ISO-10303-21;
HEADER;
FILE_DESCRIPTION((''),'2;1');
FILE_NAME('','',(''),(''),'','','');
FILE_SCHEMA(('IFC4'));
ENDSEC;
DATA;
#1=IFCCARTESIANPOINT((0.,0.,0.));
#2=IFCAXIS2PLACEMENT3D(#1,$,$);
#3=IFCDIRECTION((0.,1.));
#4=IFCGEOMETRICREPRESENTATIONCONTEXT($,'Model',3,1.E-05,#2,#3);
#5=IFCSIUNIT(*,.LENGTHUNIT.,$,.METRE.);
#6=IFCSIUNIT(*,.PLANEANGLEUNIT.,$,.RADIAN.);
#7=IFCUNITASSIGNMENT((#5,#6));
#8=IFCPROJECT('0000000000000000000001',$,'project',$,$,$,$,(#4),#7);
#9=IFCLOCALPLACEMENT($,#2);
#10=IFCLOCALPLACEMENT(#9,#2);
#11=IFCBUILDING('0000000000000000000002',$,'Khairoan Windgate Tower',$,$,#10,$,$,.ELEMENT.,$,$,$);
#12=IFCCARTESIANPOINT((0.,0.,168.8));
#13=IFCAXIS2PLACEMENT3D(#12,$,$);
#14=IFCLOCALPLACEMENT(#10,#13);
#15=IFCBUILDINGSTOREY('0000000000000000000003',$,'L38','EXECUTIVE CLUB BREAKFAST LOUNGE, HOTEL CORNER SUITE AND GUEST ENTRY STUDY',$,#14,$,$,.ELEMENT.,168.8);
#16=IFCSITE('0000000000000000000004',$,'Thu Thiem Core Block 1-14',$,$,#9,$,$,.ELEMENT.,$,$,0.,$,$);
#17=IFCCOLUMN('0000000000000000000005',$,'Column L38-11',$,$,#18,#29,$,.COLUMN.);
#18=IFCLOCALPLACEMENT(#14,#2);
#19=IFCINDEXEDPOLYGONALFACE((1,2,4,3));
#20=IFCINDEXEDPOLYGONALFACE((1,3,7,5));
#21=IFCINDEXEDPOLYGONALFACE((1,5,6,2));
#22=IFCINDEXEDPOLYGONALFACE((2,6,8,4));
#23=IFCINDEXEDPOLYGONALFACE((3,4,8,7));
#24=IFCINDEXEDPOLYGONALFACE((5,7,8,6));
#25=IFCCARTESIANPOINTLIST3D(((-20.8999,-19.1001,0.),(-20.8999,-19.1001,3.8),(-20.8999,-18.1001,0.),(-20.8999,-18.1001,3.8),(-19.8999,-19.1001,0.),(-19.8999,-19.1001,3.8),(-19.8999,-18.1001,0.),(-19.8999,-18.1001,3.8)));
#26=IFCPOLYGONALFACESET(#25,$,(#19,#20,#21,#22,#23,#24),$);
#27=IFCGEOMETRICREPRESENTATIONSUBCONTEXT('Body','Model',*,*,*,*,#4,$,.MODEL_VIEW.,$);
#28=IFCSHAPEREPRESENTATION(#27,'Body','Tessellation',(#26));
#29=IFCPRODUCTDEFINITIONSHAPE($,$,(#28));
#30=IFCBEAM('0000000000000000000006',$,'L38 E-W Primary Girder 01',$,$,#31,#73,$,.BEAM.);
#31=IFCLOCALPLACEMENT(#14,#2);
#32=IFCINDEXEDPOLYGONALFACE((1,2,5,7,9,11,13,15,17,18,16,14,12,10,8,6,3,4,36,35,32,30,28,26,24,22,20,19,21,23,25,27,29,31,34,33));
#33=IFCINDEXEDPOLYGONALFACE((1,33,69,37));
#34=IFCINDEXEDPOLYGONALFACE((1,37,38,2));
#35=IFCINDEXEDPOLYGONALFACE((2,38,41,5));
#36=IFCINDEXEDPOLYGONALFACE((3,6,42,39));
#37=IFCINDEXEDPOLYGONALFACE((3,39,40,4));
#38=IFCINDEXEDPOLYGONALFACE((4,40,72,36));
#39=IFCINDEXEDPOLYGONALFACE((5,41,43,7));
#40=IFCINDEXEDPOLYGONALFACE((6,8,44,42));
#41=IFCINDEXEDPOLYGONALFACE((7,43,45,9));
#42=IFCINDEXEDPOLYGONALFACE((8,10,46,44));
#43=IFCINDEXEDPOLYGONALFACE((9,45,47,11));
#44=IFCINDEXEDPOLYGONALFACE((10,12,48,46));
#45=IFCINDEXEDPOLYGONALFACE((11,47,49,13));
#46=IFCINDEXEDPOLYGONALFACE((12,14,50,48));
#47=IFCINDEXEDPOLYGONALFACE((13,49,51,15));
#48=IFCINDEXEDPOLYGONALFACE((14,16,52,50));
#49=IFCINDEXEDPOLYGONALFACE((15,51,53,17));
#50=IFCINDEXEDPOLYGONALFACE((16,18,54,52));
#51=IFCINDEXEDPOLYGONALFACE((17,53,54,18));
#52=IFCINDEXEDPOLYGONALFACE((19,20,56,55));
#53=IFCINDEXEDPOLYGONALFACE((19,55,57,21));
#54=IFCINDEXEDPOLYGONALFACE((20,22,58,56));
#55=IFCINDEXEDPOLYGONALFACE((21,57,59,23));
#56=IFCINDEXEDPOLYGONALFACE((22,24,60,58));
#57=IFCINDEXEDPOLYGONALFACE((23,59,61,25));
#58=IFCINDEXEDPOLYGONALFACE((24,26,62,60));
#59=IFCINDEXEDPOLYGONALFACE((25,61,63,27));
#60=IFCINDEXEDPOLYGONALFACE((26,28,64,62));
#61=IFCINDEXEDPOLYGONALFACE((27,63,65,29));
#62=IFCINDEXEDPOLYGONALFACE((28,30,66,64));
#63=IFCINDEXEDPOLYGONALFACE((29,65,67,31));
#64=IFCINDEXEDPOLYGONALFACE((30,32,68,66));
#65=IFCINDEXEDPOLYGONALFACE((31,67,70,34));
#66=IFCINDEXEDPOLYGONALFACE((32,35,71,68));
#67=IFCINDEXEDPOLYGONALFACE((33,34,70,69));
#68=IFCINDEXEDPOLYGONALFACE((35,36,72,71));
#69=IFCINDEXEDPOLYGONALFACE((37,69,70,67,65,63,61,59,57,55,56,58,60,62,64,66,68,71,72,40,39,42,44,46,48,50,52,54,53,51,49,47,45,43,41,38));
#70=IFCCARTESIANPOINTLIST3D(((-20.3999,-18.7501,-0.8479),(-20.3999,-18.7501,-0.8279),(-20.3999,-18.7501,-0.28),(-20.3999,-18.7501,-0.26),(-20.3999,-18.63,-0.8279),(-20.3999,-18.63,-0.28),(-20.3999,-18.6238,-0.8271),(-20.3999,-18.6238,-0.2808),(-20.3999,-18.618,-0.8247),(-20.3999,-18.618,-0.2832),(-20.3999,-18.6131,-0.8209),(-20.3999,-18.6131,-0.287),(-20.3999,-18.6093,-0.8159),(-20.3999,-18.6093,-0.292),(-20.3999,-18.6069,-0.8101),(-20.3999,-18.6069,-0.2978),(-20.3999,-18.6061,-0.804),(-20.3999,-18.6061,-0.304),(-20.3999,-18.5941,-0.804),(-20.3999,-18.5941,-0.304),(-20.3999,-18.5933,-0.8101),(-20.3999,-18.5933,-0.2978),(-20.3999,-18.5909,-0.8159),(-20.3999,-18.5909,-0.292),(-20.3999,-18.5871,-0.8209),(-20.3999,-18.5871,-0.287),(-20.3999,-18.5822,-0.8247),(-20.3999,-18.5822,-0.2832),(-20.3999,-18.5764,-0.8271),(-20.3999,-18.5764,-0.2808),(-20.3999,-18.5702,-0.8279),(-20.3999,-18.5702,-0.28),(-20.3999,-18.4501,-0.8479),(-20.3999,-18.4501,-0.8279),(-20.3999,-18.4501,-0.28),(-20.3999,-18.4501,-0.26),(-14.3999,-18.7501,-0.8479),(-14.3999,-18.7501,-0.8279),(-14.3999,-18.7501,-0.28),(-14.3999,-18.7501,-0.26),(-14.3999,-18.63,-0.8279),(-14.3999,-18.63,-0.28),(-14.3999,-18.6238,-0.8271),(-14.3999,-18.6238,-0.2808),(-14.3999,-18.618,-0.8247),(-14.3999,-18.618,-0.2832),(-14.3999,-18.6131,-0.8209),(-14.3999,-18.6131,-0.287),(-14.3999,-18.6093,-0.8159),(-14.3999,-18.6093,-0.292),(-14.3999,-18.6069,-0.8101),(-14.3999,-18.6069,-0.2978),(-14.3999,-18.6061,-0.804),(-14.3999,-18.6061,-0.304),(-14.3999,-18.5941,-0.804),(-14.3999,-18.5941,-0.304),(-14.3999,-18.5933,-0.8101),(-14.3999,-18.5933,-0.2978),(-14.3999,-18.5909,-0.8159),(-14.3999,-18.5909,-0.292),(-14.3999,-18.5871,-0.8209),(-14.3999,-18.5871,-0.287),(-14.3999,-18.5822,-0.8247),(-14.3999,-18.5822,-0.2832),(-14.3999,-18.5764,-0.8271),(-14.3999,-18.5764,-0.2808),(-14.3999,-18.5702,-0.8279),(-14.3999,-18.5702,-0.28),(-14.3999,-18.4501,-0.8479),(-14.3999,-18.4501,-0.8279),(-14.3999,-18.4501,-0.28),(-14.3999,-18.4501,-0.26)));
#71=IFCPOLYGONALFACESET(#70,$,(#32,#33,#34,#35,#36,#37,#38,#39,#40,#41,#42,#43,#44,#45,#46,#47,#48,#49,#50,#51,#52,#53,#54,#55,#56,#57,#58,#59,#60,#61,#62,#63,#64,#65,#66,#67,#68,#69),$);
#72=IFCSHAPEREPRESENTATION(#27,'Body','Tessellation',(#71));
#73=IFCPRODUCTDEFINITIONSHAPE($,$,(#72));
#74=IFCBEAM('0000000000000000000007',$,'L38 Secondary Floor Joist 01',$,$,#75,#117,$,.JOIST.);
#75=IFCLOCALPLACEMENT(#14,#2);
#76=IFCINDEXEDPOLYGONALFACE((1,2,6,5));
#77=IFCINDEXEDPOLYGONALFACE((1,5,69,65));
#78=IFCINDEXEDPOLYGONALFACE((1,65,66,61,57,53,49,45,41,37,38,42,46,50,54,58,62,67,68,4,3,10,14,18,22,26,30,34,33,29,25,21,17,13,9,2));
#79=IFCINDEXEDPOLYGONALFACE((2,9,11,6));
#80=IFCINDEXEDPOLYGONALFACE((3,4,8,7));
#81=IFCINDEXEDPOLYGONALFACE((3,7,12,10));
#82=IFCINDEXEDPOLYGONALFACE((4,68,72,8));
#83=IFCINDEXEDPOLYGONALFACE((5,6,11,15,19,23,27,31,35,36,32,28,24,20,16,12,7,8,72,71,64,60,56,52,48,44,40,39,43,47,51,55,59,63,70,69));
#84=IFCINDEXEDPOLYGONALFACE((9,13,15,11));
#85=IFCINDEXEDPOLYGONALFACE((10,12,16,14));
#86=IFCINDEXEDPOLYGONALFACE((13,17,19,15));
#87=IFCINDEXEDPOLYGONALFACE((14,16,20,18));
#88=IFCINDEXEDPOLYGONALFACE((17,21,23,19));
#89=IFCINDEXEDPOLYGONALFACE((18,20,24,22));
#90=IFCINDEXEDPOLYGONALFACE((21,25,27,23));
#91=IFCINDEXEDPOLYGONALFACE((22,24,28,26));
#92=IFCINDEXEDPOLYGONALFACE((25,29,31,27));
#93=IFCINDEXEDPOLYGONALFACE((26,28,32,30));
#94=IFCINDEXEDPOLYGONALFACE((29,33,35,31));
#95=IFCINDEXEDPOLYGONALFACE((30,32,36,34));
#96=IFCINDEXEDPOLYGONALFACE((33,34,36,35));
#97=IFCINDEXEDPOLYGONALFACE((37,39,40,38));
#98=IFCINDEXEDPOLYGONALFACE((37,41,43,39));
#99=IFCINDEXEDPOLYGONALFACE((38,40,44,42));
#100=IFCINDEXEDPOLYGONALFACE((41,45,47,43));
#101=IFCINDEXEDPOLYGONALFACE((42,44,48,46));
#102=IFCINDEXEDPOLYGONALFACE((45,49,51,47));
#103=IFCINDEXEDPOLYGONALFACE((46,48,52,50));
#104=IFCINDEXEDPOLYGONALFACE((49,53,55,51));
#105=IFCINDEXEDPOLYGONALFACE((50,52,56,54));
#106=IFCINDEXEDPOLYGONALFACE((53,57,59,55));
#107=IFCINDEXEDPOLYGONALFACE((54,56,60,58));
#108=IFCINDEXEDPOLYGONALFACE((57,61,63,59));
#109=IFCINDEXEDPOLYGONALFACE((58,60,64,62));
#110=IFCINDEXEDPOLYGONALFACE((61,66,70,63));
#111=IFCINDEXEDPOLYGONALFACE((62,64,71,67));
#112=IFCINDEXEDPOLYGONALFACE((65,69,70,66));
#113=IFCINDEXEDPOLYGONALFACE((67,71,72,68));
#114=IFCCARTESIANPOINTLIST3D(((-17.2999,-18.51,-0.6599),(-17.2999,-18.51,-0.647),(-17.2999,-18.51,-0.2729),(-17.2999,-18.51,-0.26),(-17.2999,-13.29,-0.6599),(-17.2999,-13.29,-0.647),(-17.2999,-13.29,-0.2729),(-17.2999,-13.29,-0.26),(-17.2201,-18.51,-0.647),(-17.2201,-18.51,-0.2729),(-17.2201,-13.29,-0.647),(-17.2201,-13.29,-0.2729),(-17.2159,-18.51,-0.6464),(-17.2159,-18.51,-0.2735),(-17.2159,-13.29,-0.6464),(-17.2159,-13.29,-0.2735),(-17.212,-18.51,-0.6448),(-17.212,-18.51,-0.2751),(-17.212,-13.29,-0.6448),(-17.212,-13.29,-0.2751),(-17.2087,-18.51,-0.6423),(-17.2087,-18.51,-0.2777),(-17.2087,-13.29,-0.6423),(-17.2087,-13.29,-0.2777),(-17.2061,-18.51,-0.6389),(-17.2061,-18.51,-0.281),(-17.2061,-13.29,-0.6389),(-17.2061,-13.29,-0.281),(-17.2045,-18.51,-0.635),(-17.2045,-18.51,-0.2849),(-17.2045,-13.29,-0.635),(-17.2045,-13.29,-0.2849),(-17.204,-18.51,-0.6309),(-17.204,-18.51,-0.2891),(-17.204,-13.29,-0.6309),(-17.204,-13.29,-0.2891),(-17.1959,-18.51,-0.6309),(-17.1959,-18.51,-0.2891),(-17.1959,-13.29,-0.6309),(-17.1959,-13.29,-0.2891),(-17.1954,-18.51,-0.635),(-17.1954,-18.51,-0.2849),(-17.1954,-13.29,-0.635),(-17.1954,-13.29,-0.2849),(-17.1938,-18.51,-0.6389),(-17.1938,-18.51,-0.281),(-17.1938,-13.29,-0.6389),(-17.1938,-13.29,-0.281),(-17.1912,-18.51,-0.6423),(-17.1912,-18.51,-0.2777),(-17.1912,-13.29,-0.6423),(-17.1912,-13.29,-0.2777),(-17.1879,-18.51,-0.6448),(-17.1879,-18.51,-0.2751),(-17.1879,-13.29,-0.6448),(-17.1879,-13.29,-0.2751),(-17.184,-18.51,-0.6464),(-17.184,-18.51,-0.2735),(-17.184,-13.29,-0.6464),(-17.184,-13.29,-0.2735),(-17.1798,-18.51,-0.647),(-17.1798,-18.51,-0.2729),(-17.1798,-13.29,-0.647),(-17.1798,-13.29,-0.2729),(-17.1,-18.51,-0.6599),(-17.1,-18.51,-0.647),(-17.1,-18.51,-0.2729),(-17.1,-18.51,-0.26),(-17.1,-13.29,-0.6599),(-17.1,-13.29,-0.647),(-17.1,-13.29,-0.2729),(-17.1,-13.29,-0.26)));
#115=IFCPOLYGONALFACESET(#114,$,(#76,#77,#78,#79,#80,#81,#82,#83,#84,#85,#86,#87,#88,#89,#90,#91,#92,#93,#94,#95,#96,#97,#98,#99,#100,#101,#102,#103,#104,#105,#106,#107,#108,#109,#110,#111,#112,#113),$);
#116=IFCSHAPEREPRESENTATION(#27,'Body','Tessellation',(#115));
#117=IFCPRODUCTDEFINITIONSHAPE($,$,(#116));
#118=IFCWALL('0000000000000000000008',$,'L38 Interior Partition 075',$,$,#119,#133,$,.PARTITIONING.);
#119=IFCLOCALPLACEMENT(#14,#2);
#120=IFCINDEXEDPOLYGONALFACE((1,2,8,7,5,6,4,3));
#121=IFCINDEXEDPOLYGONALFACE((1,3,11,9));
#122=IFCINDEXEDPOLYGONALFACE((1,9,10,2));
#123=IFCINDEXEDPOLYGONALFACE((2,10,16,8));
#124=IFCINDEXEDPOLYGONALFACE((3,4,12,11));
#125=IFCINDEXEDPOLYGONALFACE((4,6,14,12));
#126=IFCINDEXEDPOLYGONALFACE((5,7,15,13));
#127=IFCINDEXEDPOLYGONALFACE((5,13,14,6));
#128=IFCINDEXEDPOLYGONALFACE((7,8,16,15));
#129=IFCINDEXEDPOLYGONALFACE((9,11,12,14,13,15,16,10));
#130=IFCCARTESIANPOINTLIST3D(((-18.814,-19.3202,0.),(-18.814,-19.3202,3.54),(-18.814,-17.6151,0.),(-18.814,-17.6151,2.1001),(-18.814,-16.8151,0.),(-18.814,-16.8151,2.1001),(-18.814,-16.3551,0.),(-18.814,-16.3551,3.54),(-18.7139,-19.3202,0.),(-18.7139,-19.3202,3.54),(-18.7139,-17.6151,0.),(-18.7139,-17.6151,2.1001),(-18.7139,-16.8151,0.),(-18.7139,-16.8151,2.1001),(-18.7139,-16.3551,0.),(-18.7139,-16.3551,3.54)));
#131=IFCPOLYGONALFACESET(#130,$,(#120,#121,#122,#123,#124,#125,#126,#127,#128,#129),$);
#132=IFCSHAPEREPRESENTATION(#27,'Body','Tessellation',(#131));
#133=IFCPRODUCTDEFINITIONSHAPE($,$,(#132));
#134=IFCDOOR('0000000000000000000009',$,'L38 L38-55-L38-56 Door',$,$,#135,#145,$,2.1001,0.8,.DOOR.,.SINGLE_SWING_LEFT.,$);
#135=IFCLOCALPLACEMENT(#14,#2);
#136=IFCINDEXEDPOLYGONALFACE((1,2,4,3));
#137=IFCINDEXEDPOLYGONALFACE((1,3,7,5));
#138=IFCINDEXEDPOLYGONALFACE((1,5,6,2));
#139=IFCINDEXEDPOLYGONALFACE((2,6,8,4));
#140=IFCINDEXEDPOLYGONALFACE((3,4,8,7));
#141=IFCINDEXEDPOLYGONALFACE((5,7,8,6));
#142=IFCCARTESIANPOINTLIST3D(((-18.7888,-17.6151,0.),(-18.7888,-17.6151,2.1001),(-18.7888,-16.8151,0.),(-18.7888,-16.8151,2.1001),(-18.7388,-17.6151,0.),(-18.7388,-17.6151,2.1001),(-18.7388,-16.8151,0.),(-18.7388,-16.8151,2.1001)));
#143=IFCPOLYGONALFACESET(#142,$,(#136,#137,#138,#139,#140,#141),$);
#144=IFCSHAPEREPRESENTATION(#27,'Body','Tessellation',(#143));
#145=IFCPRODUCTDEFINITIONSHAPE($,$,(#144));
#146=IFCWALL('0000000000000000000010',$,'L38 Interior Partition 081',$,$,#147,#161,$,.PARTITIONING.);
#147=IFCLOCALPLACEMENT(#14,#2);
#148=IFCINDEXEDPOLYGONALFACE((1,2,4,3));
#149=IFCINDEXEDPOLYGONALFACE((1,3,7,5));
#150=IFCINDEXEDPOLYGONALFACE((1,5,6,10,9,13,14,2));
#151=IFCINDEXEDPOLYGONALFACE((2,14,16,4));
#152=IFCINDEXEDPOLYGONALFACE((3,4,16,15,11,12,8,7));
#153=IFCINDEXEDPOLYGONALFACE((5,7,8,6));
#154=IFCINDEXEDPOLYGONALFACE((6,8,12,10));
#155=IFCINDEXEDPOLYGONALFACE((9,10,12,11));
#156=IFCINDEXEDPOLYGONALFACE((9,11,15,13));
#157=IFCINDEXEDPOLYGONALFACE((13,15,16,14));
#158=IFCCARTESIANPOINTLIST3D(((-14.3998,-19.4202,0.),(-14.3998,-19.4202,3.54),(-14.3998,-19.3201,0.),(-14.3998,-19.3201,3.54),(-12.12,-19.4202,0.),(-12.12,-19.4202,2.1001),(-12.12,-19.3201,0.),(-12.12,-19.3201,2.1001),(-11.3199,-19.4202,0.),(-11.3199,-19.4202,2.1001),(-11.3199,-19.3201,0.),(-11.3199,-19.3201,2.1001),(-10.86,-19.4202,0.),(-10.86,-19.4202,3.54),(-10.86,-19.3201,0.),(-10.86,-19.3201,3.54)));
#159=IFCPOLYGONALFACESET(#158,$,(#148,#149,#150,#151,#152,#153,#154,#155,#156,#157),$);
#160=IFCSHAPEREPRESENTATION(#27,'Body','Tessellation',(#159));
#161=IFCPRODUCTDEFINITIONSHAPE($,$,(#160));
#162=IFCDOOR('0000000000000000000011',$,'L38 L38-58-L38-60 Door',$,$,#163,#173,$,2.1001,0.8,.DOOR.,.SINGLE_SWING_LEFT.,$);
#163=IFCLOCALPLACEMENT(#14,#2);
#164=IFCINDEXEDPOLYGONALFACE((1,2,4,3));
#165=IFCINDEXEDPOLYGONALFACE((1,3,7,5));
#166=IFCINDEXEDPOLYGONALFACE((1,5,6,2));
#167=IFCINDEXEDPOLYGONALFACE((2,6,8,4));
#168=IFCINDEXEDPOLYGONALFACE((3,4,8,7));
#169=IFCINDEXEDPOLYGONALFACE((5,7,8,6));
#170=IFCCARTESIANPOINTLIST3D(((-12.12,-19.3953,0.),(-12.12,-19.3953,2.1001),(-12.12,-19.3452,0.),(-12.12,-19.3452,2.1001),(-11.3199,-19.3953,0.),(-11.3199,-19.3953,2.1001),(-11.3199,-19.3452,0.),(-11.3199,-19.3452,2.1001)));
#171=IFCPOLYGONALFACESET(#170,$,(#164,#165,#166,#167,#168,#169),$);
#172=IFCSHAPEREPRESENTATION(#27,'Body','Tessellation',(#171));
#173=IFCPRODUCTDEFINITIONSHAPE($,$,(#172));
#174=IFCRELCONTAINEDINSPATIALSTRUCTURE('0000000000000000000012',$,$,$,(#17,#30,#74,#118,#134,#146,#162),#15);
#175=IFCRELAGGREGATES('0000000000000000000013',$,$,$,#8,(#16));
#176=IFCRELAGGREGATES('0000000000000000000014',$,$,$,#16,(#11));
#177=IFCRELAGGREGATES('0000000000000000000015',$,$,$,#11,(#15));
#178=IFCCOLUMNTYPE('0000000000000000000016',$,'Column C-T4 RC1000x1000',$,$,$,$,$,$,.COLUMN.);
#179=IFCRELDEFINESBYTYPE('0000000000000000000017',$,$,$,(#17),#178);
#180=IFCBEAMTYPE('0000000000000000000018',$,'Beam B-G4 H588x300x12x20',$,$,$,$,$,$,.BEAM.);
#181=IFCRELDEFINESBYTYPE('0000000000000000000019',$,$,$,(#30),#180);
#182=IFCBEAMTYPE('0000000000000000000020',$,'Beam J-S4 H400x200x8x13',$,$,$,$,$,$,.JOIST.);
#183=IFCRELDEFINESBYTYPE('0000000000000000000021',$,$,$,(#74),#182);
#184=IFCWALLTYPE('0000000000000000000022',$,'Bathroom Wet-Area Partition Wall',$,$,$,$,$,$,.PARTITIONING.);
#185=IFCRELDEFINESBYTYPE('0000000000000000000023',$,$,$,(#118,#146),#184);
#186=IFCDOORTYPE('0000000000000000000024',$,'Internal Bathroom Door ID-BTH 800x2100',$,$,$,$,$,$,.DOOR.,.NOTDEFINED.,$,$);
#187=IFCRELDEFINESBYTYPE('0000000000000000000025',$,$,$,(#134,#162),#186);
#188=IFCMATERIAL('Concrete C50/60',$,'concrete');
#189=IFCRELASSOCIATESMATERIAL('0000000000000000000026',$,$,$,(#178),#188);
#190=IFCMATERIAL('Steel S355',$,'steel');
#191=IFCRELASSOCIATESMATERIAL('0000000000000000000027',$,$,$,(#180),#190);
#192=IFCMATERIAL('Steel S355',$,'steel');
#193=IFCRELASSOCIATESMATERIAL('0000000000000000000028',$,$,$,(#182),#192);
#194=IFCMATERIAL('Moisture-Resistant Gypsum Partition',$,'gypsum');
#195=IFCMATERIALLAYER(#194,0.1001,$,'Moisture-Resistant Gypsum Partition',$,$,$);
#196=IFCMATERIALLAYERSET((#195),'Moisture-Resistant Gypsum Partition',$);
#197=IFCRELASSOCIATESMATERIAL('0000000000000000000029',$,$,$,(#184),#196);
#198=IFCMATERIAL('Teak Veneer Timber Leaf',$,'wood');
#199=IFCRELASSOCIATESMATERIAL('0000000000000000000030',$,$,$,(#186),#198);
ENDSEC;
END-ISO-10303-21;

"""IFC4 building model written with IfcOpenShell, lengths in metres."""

from ifc_helpers import new_model, si_unit, direction, frame, frame_2d, origin, origin_2d, place, context, subcontext, project, spatial, rectangle, i_section, extrude, material, layer, layer_set, material_profile, profile_set, type_object, element, fill, save


model = new_model("IFC4")

# Units and contexts
model_context = context("Model", 3, precision=1e-05, world=origin(), true_north=direction((0.0, 1.0)))
body_context = subcontext(model_context, "Body", "Model", "MODEL_VIEW")
ifc_project = project(units=[si_unit("LENGTHUNIT", "METRE"), si_unit("PLANEANGLEUNIT", "RADIAN")], contexts=[model_context])

# Site, building, storey
site_placement = place(None, origin())
site = spatial("IfcSite", under=ifc_project, at=site_placement, Name="Thu Thiem Core Block 1-14", CompositionType="ELEMENT", RefElevation=0.0)
building_placement = place(site_placement, origin())
building = spatial("IfcBuilding", under=site, at=building_placement, Name="Khairoan Windgate Tower", CompositionType="ELEMENT")
storey_placement = place(building_placement, frame((0.0, 0.0, 168.8)))
storey = spatial("IfcBuildingStorey", under=building, at=storey_placement, Name="L38", Description="EXECUTIVE CLUB BREAKFAST LOUNGE, HOTEL CORNER SUITE AND GUEST ENTRY STUDY", CompositionType="ELEMENT", Elevation=168.8)

# Column
ifc_material_1 = material(Name="Concrete C50/60", Category="concrete")
ifc_material_profile_1 = material_profile(ifc_material_1, rectangle(XDim=1.0, YDim=1.0, at=origin_2d()))
ifc_profile_set_1 = profile_set([ifc_material_profile_1], Name="Concrete C50/60")
column_type = type_object("IfcColumnType", Name="Column C-T4 RC1000x1000", PredefinedType="COLUMN", material=ifc_profile_set_1)
column_placement = place(storey_placement, frame((-20.3999, -18.6001, 0.0), z_axis=(0.0, 0.0, 1.0), x_axis=(1.0, 0.0, 0.0)))
element("IfcColumn", 1, at=column_placement, inside=storey, type_object=column_type, Name="Column L38-11", PredefinedType="COLUMN", context=body_context, shape_type="SweptSolid", body=[
    extrude(rectangle(XDim=1.0, YDim=1.0, at=origin_2d()), origin(), (0.0, 0.0, 1.0), 3.8),
])

# Beams
ifc_material_2 = material(Name="Steel S355", Category="steel")
ifc_material_profile_2 = material_profile(ifc_material_2, i_section(OverallWidth=0.3, OverallDepth=0.5879, WebThickness=0.012, FlangeThickness=0.02, FilletRadius=0.0239, at=origin_2d()))
ifc_profile_set_2 = profile_set([ifc_material_profile_2], Name="Steel S355")
beam_type_1 = type_object("IfcBeamType", Name="Beam B-G4 H588x300x12x20", PredefinedType="BEAM", material=ifc_profile_set_2)
beam_1_placement = place(storey_placement, frame((-20.3999, -18.6001, -0.554), z_axis=(1.0, 0.0, 0.0), x_axis=(0.0, 1.0, 0.0)))
element("IfcBeam", 2, at=beam_1_placement, inside=storey, type_object=beam_type_1, Name="L38 E-W Primary Girder 01", PredefinedType="BEAM", context=body_context, shape_type="SweptSolid", body=[
    extrude(i_section(OverallWidth=0.3, OverallDepth=0.5879, WebThickness=0.012, FlangeThickness=0.02, FilletRadius=0.0239, at=origin_2d()), origin(), (0.0, 0.0, 1.0), 6.0),
])
ifc_material_3 = material(Name="Steel S355", Category="steel")
ifc_material_profile_3 = material_profile(ifc_material_3, i_section(OverallWidth=0.2, OverallDepth=0.3999, WebThickness=0.0081, FlangeThickness=0.0129, FilletRadius=0.0161, at=origin_2d()))
ifc_profile_set_3 = profile_set([ifc_material_profile_3], Name="Steel S355")
beam_type_2 = type_object("IfcBeamType", Name="Beam J-S4 H400x200x8x13", PredefinedType="JOIST", material=ifc_profile_set_3)
beam_2_placement = place(storey_placement, frame((-17.2, -18.51, -0.46), z_axis=(0.0, 1.0, 0.0), x_axis=(-1.0, 0.0, 0.0)))
element("IfcBeam", 3, at=beam_2_placement, inside=storey, type_object=beam_type_2, Name="L38 Secondary Floor Joist 01", PredefinedType="JOIST", context=body_context, shape_type="SweptSolid", body=[
    extrude(i_section(OverallWidth=0.2, OverallDepth=0.3999, WebThickness=0.0081, FlangeThickness=0.0129, FilletRadius=0.0161, at=origin_2d()), origin(), (0.0, 0.0, 1.0), 5.22),
])

# Walls, openings, doors
ifc_material_4 = material(Name="Moisture-Resistant Gypsum Partition", Category="gypsum")
ifc_layer_1 = layer(ifc_material_4, 0.1001, Name="Moisture-Resistant Gypsum Partition")
ifc_layer_set_1 = layer_set([ifc_layer_1], Name="Moisture-Resistant Gypsum Partition")
wall_type_1 = type_object("IfcWallType", Name="Bathroom Wet-Area Partition Wall", PredefinedType="PARTITIONING", material=ifc_layer_set_1)
wall_1_placement = place(storey_placement, frame((-18.7639, -19.3201, 0.0), z_axis=(0.0, 0.0, 1.0), x_axis=(0.0, 1.0, 0.0)))
wall_1 = element("IfcWall", 4, at=wall_1_placement, inside=storey, type_object=wall_type_1, Name="L38 Interior Partition 075", PredefinedType="PARTITIONING", context=body_context, shape_type="SweptSolid", body=[
    extrude(rectangle(XDim=2.9651, YDim=0.1001, at=frame_2d((1.4824, 0.0))), origin(), (0.0, 0.0, 1.0), 3.54),
])
opening_1_placement = place(wall_1_placement, frame((1.7051, 0.0, 0.0)))
opening_1 = element("IfcOpeningElement", 5, at=opening_1_placement, cuts=wall_1, PredefinedType="OPENING", context=body_context, shape_type="SweptSolid", body=[
    extrude(rectangle(XDim=0.8, YDim=2.1001, at=frame_2d((0.3999, 1.05))), frame((0.0, 0.0601, 0.0), z_axis=(0.0, -1.0, 0.0), x_axis=(1.0, 0.0, 0.0)), (0.0, 0.0, 1.0), 0.1201),
])
ifc_material_5 = material(Name="Teak Veneer Timber Leaf", Category="wood")
door_type_1 = type_object("IfcDoorType", Name="Internal Bathroom Door ID-BTH 800x2100", OperationType="NOTDEFINED", PredefinedType="DOOR", material=ifc_material_5)
door_1_placement = place(opening_1_placement, origin())
door_1 = element("IfcDoor", 6, at=door_1_placement, inside=storey, type_object=door_type_1, Name="L38 L38-55-L38-56 Door", OperationType="SINGLE_SWING_LEFT", OverallHeight=2.1001, OverallWidth=0.8, PredefinedType="DOOR", context=body_context, shape_type="SweptSolid", body=[
    extrude(rectangle(XDim=0.8, YDim=2.1001, at=frame_2d((0.3999, 1.05))), frame((0.0, 0.0249, 0.0), z_axis=(0.0, -1.0, 0.0), x_axis=(1.0, 0.0, 0.0)), (0.0, 0.0, 1.0), 0.05),
])
fill(opening_1, door_1)
wall_2_placement = place(storey_placement, frame((-14.3999, -19.3701, 0.0), z_axis=(0.0, 0.0, 1.0), x_axis=(1.0, 0.0, 0.0)))
wall_2 = element("IfcWall", 7, at=wall_2_placement, inside=storey, type_object=wall_type_1, Name="L38 Interior Partition 081", PredefinedType="PARTITIONING", context=body_context, shape_type="SweptSolid", body=[
    extrude(rectangle(XDim=3.5398, YDim=0.1001, at=frame_2d((1.77, 0.0))), origin(), (0.0, 0.0, 1.0), 3.54),
])
opening_2_placement = place(wall_2_placement, frame((2.28, 0.0, 0.0)))
opening_2 = element("IfcOpeningElement", 8, at=opening_2_placement, cuts=wall_2, PredefinedType="OPENING", context=body_context, shape_type="SweptSolid", body=[
    extrude(rectangle(XDim=0.8, YDim=2.1001, at=frame_2d((0.3999, 1.05))), frame((0.0, 0.0601, 0.0), z_axis=(0.0, -1.0, 0.0), x_axis=(1.0, 0.0, 0.0)), (0.0, 0.0, 1.0), 0.1201),
])
door_2_placement = place(opening_2_placement, origin())
door_2 = element("IfcDoor", 9, at=door_2_placement, inside=storey, type_object=door_type_1, Name="L38 L38-58-L38-60 Door", OperationType="SINGLE_SWING_LEFT", OverallHeight=2.1001, OverallWidth=0.8, PredefinedType="DOOR", context=body_context, shape_type="SweptSolid", body=[
    extrude(rectangle(XDim=0.8, YDim=2.1001, at=frame_2d((0.3999, 1.05))), frame((0.0, 0.0249, 0.0), z_axis=(0.0, -1.0, 0.0), x_axis=(1.0, 0.0, 0.0)), (0.0, 0.0, 1.0), 0.05),
])
fill(opening_2, door_2)

save(model, "model.ifc")
